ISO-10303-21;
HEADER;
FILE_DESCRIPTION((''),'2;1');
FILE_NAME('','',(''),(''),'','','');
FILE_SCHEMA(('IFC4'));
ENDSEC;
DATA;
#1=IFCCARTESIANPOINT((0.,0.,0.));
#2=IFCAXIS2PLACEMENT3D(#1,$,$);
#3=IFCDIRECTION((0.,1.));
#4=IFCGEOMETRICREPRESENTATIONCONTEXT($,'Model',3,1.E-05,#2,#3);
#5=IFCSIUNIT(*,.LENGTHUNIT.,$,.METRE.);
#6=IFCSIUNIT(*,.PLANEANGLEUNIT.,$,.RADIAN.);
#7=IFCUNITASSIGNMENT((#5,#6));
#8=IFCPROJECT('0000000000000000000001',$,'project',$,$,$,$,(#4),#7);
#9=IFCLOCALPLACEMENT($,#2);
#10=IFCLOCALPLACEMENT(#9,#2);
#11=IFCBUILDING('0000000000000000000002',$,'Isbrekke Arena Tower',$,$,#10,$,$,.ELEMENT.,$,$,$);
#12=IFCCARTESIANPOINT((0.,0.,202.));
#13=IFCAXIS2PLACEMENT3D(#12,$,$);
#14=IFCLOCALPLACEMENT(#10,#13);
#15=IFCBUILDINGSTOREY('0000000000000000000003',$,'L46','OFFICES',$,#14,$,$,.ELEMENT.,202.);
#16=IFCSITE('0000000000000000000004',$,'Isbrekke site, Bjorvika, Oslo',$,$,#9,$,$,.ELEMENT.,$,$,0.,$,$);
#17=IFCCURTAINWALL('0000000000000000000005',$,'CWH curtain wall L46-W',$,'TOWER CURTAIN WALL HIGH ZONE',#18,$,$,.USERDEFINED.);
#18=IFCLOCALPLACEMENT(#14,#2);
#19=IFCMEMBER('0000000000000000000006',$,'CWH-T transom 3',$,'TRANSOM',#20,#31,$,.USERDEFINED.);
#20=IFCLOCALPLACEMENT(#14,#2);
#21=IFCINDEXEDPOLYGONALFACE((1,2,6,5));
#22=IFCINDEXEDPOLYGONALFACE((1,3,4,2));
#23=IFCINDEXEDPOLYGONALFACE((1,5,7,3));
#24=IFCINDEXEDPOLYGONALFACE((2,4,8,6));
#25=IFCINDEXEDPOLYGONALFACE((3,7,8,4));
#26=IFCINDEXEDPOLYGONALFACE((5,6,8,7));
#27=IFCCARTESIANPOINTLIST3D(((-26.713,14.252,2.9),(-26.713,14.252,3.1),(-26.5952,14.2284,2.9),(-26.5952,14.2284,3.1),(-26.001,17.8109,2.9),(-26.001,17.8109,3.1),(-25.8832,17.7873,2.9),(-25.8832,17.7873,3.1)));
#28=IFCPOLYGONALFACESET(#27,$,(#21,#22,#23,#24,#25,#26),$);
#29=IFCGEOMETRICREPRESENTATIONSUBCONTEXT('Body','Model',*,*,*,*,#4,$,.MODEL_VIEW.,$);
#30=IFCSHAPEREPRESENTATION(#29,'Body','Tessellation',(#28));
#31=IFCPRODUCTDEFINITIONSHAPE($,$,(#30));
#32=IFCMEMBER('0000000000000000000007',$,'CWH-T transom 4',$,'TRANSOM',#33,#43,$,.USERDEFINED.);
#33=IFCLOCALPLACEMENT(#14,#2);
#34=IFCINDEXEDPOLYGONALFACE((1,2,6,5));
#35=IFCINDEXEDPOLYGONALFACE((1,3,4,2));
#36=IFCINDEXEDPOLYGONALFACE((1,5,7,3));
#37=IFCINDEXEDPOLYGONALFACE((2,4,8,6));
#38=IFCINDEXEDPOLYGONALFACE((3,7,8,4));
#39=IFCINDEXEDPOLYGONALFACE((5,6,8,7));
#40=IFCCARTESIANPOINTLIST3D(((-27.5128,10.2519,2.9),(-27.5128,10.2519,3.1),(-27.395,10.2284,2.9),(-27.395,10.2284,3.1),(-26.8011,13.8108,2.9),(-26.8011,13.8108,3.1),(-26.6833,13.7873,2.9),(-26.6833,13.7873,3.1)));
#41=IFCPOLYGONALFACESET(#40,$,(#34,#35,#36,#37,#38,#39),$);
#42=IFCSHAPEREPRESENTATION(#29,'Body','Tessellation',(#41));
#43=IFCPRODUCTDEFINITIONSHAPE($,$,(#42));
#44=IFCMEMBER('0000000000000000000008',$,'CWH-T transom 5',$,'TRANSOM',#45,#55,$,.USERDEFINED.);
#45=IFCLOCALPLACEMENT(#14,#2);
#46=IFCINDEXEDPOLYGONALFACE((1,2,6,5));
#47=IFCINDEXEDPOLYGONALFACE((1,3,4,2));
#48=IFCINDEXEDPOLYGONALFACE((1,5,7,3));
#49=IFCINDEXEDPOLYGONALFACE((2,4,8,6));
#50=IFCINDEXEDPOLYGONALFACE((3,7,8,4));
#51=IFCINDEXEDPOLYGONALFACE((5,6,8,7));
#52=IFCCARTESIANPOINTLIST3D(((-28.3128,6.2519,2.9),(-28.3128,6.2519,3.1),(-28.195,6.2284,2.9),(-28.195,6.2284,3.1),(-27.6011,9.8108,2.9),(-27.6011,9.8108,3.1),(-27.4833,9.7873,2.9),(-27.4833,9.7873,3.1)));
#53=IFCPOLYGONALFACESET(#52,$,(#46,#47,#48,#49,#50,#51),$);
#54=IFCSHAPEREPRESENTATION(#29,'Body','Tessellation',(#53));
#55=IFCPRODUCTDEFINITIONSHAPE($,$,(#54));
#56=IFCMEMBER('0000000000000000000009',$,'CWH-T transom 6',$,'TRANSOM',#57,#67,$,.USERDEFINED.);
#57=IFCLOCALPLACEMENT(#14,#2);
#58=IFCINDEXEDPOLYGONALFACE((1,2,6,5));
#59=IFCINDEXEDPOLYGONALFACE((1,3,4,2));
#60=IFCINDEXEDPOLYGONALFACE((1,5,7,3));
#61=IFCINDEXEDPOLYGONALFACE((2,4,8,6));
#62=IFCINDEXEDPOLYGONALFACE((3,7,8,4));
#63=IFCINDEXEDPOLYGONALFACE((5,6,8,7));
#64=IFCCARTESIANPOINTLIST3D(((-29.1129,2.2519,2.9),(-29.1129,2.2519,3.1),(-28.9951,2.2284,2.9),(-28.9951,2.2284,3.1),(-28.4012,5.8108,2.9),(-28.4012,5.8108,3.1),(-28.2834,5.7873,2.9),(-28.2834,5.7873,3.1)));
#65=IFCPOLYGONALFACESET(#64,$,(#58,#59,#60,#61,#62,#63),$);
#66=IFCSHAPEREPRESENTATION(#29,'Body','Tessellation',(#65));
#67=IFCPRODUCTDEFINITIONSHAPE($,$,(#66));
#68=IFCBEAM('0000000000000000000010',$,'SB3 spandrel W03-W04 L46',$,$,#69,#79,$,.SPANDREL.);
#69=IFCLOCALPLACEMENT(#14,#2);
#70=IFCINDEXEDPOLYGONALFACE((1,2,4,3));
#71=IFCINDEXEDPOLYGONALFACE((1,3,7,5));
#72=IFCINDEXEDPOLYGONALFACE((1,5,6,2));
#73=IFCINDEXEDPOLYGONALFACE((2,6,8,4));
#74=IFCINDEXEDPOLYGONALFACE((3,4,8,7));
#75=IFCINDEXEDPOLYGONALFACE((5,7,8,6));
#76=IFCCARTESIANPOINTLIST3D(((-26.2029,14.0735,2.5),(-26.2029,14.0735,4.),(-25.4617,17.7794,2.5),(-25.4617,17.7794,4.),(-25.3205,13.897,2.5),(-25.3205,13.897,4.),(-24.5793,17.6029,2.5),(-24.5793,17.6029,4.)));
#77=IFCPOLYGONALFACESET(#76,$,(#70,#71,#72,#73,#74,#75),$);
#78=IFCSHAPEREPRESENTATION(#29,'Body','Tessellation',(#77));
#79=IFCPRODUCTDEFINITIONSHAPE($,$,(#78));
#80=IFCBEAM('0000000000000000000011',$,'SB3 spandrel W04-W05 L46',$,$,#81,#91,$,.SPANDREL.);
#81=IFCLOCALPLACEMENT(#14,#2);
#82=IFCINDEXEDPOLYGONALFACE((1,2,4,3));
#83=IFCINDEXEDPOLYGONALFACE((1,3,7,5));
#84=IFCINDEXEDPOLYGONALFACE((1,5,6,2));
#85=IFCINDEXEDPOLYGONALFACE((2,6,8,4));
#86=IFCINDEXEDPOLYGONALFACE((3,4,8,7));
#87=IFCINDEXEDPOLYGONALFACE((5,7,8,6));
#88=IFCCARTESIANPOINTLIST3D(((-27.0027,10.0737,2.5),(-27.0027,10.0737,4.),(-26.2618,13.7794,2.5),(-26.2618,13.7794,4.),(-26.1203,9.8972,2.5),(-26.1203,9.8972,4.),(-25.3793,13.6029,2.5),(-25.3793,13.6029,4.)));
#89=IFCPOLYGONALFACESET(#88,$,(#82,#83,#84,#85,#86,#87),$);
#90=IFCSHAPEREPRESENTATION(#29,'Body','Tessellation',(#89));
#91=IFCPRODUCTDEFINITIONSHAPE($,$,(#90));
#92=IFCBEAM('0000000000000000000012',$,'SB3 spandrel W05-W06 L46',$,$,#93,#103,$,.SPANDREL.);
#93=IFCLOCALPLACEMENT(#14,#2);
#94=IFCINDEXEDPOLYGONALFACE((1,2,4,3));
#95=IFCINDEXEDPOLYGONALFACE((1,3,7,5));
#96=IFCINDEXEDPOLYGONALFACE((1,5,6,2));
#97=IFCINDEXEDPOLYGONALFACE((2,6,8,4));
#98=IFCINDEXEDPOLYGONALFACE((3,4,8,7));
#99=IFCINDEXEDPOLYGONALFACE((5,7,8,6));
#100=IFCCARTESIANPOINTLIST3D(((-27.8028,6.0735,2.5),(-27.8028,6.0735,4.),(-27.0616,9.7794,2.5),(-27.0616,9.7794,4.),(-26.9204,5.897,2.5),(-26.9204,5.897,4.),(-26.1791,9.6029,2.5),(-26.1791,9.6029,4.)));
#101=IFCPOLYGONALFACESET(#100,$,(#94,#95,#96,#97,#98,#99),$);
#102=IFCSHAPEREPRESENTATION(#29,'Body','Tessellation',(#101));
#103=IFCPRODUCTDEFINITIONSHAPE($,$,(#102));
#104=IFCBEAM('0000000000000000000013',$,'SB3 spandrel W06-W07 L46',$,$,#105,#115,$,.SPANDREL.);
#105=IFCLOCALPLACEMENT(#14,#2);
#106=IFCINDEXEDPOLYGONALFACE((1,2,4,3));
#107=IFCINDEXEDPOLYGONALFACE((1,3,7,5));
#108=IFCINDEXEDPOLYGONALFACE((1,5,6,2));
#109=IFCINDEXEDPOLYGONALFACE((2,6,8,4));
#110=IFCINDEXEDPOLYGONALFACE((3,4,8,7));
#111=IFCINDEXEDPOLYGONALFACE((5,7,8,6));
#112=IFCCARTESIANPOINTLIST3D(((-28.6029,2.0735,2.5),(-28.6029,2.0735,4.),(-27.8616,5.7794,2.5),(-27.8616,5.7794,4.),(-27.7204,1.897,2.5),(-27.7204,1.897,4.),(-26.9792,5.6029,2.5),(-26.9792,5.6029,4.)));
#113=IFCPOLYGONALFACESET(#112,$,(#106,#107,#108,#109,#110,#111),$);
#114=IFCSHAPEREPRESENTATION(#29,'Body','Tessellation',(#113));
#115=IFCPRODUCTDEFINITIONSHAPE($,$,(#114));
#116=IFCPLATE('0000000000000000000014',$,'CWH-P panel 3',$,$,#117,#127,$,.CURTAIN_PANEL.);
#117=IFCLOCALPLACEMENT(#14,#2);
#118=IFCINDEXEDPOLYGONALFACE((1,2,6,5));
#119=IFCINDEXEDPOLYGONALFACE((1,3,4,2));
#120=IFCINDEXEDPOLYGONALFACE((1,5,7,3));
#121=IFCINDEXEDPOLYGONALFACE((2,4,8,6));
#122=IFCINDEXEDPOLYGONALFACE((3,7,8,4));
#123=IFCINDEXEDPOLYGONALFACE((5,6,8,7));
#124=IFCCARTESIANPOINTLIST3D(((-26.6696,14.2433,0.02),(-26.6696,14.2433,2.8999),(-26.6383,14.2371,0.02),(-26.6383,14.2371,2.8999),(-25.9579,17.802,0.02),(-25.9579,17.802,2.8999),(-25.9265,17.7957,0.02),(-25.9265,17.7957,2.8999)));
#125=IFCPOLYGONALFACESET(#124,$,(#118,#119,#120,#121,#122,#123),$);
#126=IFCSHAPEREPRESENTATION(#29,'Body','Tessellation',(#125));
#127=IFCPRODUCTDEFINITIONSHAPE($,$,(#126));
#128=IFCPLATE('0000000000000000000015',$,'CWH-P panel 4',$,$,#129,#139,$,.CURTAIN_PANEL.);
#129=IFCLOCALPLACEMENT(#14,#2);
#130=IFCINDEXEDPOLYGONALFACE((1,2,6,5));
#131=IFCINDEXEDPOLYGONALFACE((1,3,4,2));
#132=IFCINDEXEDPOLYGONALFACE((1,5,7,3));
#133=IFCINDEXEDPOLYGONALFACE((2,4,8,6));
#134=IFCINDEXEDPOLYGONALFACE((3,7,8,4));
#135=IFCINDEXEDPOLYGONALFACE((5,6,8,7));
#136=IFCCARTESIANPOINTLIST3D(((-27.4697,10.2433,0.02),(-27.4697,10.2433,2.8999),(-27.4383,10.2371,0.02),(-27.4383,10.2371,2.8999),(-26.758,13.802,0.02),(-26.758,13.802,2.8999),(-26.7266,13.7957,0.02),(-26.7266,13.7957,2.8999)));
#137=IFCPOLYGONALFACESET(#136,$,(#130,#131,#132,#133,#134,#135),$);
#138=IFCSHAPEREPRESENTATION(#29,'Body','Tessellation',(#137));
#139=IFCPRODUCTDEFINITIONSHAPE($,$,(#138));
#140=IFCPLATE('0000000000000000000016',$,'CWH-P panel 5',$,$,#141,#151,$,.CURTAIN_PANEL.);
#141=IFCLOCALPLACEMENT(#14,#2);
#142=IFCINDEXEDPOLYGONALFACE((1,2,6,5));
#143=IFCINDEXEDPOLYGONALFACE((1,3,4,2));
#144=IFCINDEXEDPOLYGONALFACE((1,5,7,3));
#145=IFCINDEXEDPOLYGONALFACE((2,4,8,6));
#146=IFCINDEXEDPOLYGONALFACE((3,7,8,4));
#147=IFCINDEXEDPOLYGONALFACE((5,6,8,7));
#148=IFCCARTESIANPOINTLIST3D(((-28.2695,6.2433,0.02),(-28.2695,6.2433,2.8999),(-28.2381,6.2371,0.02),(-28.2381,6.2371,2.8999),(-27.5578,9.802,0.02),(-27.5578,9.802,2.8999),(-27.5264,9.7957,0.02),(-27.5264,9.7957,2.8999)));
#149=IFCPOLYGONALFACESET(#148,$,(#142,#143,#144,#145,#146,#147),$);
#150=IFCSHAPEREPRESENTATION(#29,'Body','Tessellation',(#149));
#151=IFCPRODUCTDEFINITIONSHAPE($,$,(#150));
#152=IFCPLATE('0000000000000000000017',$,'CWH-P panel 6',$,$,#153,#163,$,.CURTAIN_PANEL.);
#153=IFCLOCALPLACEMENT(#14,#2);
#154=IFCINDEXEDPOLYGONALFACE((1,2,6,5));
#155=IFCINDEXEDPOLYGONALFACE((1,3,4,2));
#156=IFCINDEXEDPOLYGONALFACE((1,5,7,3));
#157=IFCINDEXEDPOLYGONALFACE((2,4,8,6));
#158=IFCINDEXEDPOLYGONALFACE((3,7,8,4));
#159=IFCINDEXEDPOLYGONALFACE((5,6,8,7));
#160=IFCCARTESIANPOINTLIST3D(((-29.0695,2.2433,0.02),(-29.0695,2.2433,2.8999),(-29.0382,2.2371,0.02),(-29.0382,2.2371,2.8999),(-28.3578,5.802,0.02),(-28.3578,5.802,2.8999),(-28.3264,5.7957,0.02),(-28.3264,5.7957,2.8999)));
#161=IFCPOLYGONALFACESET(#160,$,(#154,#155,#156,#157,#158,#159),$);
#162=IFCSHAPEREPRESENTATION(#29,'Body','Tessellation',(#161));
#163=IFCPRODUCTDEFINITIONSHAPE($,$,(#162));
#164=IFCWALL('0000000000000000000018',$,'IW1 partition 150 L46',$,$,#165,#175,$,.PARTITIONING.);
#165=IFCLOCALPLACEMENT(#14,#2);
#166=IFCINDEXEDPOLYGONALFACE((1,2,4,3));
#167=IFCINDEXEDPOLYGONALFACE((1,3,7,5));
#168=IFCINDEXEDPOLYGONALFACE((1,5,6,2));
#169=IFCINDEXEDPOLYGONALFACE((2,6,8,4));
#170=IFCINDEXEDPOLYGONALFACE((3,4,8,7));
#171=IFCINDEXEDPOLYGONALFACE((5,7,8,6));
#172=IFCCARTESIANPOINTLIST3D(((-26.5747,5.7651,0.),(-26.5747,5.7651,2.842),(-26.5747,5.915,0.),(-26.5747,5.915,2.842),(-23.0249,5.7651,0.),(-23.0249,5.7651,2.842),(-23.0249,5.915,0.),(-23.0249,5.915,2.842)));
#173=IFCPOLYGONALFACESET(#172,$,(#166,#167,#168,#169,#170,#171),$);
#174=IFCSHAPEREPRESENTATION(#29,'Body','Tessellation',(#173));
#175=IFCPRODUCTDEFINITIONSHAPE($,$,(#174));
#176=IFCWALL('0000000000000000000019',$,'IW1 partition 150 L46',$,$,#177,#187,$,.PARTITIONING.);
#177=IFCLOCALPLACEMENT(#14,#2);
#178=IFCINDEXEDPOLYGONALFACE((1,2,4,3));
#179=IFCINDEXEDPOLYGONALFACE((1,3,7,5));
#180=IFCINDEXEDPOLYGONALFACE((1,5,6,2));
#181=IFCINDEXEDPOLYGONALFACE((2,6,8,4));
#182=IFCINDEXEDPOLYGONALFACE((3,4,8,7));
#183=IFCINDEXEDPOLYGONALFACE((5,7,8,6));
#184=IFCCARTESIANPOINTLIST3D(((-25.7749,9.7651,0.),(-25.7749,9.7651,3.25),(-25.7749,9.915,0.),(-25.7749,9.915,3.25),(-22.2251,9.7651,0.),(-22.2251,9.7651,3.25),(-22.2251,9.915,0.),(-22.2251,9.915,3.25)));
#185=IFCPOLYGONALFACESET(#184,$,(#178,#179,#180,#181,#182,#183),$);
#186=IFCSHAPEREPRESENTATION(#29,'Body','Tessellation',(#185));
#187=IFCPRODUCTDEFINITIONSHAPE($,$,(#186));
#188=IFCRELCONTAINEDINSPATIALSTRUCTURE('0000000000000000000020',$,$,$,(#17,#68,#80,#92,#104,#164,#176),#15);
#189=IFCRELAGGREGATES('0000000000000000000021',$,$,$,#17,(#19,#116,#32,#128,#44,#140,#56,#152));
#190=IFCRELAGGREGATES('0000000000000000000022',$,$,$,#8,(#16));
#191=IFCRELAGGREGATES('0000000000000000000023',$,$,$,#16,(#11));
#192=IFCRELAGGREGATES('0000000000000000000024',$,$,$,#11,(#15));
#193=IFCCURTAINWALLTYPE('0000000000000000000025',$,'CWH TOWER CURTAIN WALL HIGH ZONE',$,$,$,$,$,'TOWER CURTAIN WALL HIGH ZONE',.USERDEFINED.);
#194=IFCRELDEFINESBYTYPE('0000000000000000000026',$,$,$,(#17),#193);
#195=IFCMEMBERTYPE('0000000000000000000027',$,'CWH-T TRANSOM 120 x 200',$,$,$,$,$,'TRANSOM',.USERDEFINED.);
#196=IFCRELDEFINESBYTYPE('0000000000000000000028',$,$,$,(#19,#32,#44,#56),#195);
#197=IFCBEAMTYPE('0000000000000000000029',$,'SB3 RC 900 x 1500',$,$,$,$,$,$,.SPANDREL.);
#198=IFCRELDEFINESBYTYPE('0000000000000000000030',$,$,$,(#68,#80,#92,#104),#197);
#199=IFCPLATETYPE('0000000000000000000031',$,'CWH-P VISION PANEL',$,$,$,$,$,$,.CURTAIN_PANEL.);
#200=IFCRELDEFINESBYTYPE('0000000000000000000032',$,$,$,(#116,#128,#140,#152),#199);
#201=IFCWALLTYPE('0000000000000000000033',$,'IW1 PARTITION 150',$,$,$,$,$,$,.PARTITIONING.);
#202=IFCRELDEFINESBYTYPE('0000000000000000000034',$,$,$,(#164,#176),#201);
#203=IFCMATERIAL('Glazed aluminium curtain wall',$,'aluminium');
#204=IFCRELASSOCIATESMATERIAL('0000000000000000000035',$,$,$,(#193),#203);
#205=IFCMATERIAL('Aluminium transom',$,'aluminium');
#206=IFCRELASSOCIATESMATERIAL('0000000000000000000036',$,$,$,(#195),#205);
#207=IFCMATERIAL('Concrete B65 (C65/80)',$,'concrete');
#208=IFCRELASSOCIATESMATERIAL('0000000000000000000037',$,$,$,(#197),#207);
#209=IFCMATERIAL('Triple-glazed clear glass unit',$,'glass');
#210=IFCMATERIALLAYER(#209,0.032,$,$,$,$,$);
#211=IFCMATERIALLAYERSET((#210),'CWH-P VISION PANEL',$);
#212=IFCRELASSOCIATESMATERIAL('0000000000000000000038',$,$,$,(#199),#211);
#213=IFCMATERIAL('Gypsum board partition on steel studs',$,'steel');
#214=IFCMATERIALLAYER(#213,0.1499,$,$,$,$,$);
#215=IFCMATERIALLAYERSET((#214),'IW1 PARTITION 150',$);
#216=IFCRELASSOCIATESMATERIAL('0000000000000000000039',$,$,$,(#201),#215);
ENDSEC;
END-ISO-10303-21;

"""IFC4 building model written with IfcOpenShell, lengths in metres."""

from ifc_helpers import new_model, si_unit, direction, frame, frame_2d, origin, origin_2d, place, context, subcontext, project, spatial, rectangle, extrude, material, layer, layer_set, material_profile, profile_set, type_object, element, aggregate, save


model = new_model("IFC4")

# Units and contexts
model_context = context("Model", 3, precision=1e-05, world=origin(), true_north=direction((0.0, 1.0)))
body_context = subcontext(model_context, "Body", "Model", "MODEL_VIEW")
ifc_project = project(units=[si_unit("LENGTHUNIT", "METRE"), si_unit("PLANEANGLEUNIT", "RADIAN")], contexts=[model_context])

# Site, building, storey
site_placement = place(None, origin())
site = spatial("IfcSite", under=ifc_project, at=site_placement, Name="Isbrekke site, Bjorvika, Oslo", CompositionType="ELEMENT", RefElevation=0.0)
building_placement = place(site_placement, origin())
building = spatial("IfcBuilding", under=site, at=building_placement, Name="Isbrekke Arena Tower", CompositionType="ELEMENT")
storey_placement = place(building_placement, frame((0.0, 0.0, 202.0)))
storey = spatial("IfcBuildingStorey", under=building, at=storey_placement, Name="L46", Description="OFFICES", CompositionType="ELEMENT", Elevation=202.0)

# Curtain wall, members
ifc_material_1 = material(Name="Glazed aluminium curtain wall", Category="aluminium")
curtain_wall_type = type_object("IfcCurtainWallType", Name="CWH TOWER CURTAIN WALL HIGH ZONE", ElementType="TOWER CURTAIN WALL HIGH ZONE", PredefinedType="USERDEFINED", material=ifc_material_1)
curtain_wall_placement = place(storey_placement, origin())
curtain_wall = element("IfcCurtainWall", 1, at=curtain_wall_placement, inside=storey, type_object=curtain_wall_type, Name="CWH curtain wall L46-W", ObjectType="TOWER CURTAIN WALL HIGH ZONE", PredefinedType="USERDEFINED")
ifc_material_2 = material(Name="Aluminium transom", Category="aluminium")
ifc_material_profile_1 = material_profile(ifc_material_2, rectangle(XDim=0.1201, YDim=0.2, at=origin_2d()), Name="TRANSOM 120X200")
ifc_profile_set_1 = profile_set([ifc_material_profile_1], Name="Aluminium transom")
member_type_1 = type_object("IfcMemberType", Name="CWH-T TRANSOM 120 x 200", ElementType="TRANSOM", PredefinedType="USERDEFINED", material=ifc_profile_set_1)
member_1_placement = place(storey_placement, frame((-25.9421, 17.7991, 3.0), z_axis=(-0.196155, -0.980573, 0.0), x_axis=(0.980573, -0.196155, 0.0)))
member_1 = element("IfcMember", 2, at=member_1_placement, type_object=member_type_1, Name="CWH-T transom 3", ObjectType="TRANSOM", PredefinedType="USERDEFINED", context=body_context, shape_type="SweptSolid", body=[
    extrude(rectangle(XDim=0.1201, YDim=0.2, at=origin_2d()), origin(), (0.0, 0.0, 1.0), 3.6294),
])
member_2_placement = place(storey_placement, frame((-26.7422, 13.7991, 3.0), z_axis=(-0.19609, -0.980586, 0.0), x_axis=(0.980586, -0.19609, 0.0)))
member_2 = element("IfcMember", 3, at=member_2_placement, type_object=member_type_1, Name="CWH-T transom 4", ObjectType="TRANSOM", PredefinedType="USERDEFINED", context=body_context, shape_type="SweptSolid", body=[
    extrude(rectangle(XDim=0.1201, YDim=0.2, at=origin_2d()), origin(), (0.0, 0.0, 1.0), 3.6294),
])
member_3_placement = place(storey_placement, frame((-27.5422, 9.7991, 3.0), z_axis=(-0.19609, -0.980586, 0.0), x_axis=(0.980586, -0.19609, 0.0)))
member_3 = element("IfcMember", 4, at=member_3_placement, type_object=member_type_1, Name="CWH-T transom 5", ObjectType="TRANSOM", PredefinedType="USERDEFINED", context=body_context, shape_type="SweptSolid", body=[
    extrude(rectangle(XDim=0.1201, YDim=0.2, at=origin_2d()), origin(), (0.0, 0.0, 1.0), 3.6294),
])
member_4_placement = place(storey_placement, frame((-28.3423, 5.7991, 3.0), z_axis=(-0.19609, -0.980586, 0.0), x_axis=(0.980586, -0.19609, 0.0)))
member_4 = element("IfcMember", 5, at=member_4_placement, type_object=member_type_1, Name="CWH-T transom 6", ObjectType="TRANSOM", PredefinedType="USERDEFINED", context=body_context, shape_type="SweptSolid", body=[
    extrude(rectangle(XDim=0.1201, YDim=0.2, at=origin_2d()), origin(), (0.0, 0.0, 1.0), 3.6294),
])

# Beams
ifc_material_3 = material(Name="Concrete B65 (C65/80)", Category="concrete")
ifc_material_profile_2 = material_profile(ifc_material_3, rectangle(XDim=0.8999, YDim=1.5, at=origin_2d()), Name="RC 900x1500")
ifc_profile_set_2 = profile_set([ifc_material_profile_2], Name="Concrete B65 (C65/80)")
beam_type_1 = type_object("IfcBeamType", Name="SB3 RC 900 x 1500", PredefinedType="SPANDREL", material=ifc_profile_set_2)
beam_1_placement = place(storey_placement, frame((-25.0205, 17.6912, 3.25), z_axis=(-0.196129, -0.980578, 0.0), x_axis=(0.980578, -0.196129, 0.0)))
element("IfcBeam", 6, at=beam_1_placement, inside=storey, type_object=beam_type_1, Name="SB3 spandrel W03-W04 L46", PredefinedType="SPANDREL", context=body_context, shape_type="SweptSolid", body=[
    extrude(rectangle(XDim=0.8999, YDim=1.5, at=origin_2d()), origin(), (0.0, 0.0, 1.0), 3.7793),
])
beam_2_placement = place(storey_placement, frame((-25.8206, 13.6912, 3.25), z_axis=(-0.196066, -0.980591, 0.0), x_axis=(0.980591, -0.196066, 0.0)))
element("IfcBeam", 7, at=beam_2_placement, inside=storey, type_object=beam_type_1, Name="SB3 spandrel W04-W05 L46", PredefinedType="SPANDREL", context=body_context, shape_type="SweptSolid", body=[
    extrude(rectangle(XDim=0.8999, YDim=1.5, at=origin_2d()), origin(), (0.0, 0.0, 1.0), 3.7791),
])
for number, where, z_axis, x_axis, name in (
    (8, (-26.6204, 9.6912, 3.25), (-0.196129, -0.980578, 0.0), (0.980578, -0.196129, 0.0), "SB3 spandrel W05-W06 L46"),
    (9, (-27.4204, 5.6912, 3.25), (-0.196129, -0.980578, 0.0), (0.980578, -0.196129, 0.0), "SB3 spandrel W06-W07 L46"),
):
    element("IfcBeam", number, at=place(storey_placement, frame(where, z_axis=z_axis, x_axis=x_axis)), inside=storey, type_object=beam_type_1, Name=name, PredefinedType="SPANDREL", context=body_context, shape_type="SweptSolid", body=[
        extrude(rectangle(XDim=0.8999, YDim=1.5, at=origin_2d()), origin(), (0.0, 0.0, 1.0), 3.7793),
    ])

# Plates
ifc_material_4 = material(Name="Triple-glazed clear glass unit", Category="glass")
ifc_layer_1 = layer(ifc_material_4, 0.032)
ifc_layer_set_1 = layer_set([ifc_layer_1], Name="CWH-P VISION PANEL")
plate_type = type_object("IfcPlateType", Name="CWH-P VISION PANEL", PredefinedType="CURTAIN_PANEL", material=ifc_layer_set_1)
plate_1_placement = place(storey_placement, frame((-26.2981, 16.0195, 0.02), z_axis=(0.0, 0.0, 1.0), x_axis=(-0.196116, -0.980581, 0.0)))
plate_1 = element("IfcPlate", 10, at=plate_1_placement, type_object=plate_type, Name="CWH-P panel 3", PredefinedType="CURTAIN_PANEL", context=body_context, shape_type="SweptSolid", body=[
    extrude(rectangle(XDim=3.6292, YDim=0.032, at=origin_2d()), origin(), (0.0, 0.0, 1.0), 2.8799),
])
plate_2_placement = place(storey_placement, frame((-27.0981, 12.0195, 0.02), z_axis=(0.0, 0.0, 1.0), x_axis=(-0.196116, -0.980581, 0.0)))
plate_2 = element("IfcPlate", 11, at=plate_2_placement, type_object=plate_type, Name="CWH-P panel 4", PredefinedType="CURTAIN_PANEL", context=body_context, shape_type="SweptSolid", body=[
    extrude(rectangle(XDim=3.6292, YDim=0.032, at=origin_2d()), origin(), (0.0, 0.0, 1.0), 2.8799),
])
plate_3_placement = place(storey_placement, frame((-27.8979, 8.0195, 0.02), z_axis=(0.0, 0.0, 1.0), x_axis=(-0.196116, -0.980581, 0.0)))
plate_3 = element("IfcPlate", 12, at=plate_3_placement, type_object=plate_type, Name="CWH-P panel 5", PredefinedType="CURTAIN_PANEL", context=body_context, shape_type="SweptSolid", body=[
    extrude(rectangle(XDim=3.6292, YDim=0.032, at=origin_2d()), origin(), (0.0, 0.0, 1.0), 2.8799),
])
plate_4_placement = place(storey_placement, frame((-28.698, 4.0195, 0.02), z_axis=(0.0, 0.0, 1.0), x_axis=(-0.196116, -0.980581, 0.0)))
plate_4 = element("IfcPlate", 13, at=plate_4_placement, type_object=plate_type, Name="CWH-P panel 6", PredefinedType="CURTAIN_PANEL", context=body_context, shape_type="SweptSolid", body=[
    extrude(rectangle(XDim=3.6292, YDim=0.032, at=origin_2d()), origin(), (0.0, 0.0, 1.0), 2.8799),
])
aggregate(curtain_wall, [member_1, plate_1, member_2, plate_2, member_3, plate_3, member_4, plate_4])

# Walls
ifc_material_5 = material(Name="Gypsum board partition on steel studs", Category="steel")
ifc_layer_2 = layer(ifc_material_5, 0.1499)
ifc_layer_set_2 = layer_set([ifc_layer_2], Name="IW1 PARTITION 150")
wall_type_1 = type_object("IfcWallType", Name="IW1 PARTITION 150", PredefinedType="PARTITIONING", material=ifc_layer_set_2)
wall_1_placement = place(storey_placement, frame((-26.5747, 5.8401, 0.0), z_axis=(0.0, 0.0, 1.0), x_axis=(1.0, 0.0, 0.0)))
element("IfcWall", 14, at=wall_1_placement, inside=storey, type_object=wall_type_1, Name="IW1 partition 150 L46", PredefinedType="PARTITIONING", context=body_context, shape_type="SweptSolid", body=[
    extrude(rectangle(XDim=3.5498, YDim=0.1499, at=frame_2d((1.7749, 0.0))), origin(), (0.0, 0.0, 1.0), 2.842),
])
for number, where, z_axis, x_axis, name in (
    (15, (-25.7749, 9.8401, 0.0), (0.0, 0.0, 1.0), (1.0, 0.0, 0.0), "IW1 partition 150 L46"),
):
    element("IfcWall", number, at=place(storey_placement, frame(where, z_axis=z_axis, x_axis=x_axis)), inside=storey, type_object=wall_type_1, Name=name, PredefinedType="PARTITIONING", context=body_context, shape_type="SweptSolid", body=[
        extrude(rectangle(XDim=3.5498, YDim=0.1499, at=frame_2d((1.7749, 0.0))), origin(), (0.0, 0.0, 1.0), 3.25),
    ])

save(model, "model.ifc")
